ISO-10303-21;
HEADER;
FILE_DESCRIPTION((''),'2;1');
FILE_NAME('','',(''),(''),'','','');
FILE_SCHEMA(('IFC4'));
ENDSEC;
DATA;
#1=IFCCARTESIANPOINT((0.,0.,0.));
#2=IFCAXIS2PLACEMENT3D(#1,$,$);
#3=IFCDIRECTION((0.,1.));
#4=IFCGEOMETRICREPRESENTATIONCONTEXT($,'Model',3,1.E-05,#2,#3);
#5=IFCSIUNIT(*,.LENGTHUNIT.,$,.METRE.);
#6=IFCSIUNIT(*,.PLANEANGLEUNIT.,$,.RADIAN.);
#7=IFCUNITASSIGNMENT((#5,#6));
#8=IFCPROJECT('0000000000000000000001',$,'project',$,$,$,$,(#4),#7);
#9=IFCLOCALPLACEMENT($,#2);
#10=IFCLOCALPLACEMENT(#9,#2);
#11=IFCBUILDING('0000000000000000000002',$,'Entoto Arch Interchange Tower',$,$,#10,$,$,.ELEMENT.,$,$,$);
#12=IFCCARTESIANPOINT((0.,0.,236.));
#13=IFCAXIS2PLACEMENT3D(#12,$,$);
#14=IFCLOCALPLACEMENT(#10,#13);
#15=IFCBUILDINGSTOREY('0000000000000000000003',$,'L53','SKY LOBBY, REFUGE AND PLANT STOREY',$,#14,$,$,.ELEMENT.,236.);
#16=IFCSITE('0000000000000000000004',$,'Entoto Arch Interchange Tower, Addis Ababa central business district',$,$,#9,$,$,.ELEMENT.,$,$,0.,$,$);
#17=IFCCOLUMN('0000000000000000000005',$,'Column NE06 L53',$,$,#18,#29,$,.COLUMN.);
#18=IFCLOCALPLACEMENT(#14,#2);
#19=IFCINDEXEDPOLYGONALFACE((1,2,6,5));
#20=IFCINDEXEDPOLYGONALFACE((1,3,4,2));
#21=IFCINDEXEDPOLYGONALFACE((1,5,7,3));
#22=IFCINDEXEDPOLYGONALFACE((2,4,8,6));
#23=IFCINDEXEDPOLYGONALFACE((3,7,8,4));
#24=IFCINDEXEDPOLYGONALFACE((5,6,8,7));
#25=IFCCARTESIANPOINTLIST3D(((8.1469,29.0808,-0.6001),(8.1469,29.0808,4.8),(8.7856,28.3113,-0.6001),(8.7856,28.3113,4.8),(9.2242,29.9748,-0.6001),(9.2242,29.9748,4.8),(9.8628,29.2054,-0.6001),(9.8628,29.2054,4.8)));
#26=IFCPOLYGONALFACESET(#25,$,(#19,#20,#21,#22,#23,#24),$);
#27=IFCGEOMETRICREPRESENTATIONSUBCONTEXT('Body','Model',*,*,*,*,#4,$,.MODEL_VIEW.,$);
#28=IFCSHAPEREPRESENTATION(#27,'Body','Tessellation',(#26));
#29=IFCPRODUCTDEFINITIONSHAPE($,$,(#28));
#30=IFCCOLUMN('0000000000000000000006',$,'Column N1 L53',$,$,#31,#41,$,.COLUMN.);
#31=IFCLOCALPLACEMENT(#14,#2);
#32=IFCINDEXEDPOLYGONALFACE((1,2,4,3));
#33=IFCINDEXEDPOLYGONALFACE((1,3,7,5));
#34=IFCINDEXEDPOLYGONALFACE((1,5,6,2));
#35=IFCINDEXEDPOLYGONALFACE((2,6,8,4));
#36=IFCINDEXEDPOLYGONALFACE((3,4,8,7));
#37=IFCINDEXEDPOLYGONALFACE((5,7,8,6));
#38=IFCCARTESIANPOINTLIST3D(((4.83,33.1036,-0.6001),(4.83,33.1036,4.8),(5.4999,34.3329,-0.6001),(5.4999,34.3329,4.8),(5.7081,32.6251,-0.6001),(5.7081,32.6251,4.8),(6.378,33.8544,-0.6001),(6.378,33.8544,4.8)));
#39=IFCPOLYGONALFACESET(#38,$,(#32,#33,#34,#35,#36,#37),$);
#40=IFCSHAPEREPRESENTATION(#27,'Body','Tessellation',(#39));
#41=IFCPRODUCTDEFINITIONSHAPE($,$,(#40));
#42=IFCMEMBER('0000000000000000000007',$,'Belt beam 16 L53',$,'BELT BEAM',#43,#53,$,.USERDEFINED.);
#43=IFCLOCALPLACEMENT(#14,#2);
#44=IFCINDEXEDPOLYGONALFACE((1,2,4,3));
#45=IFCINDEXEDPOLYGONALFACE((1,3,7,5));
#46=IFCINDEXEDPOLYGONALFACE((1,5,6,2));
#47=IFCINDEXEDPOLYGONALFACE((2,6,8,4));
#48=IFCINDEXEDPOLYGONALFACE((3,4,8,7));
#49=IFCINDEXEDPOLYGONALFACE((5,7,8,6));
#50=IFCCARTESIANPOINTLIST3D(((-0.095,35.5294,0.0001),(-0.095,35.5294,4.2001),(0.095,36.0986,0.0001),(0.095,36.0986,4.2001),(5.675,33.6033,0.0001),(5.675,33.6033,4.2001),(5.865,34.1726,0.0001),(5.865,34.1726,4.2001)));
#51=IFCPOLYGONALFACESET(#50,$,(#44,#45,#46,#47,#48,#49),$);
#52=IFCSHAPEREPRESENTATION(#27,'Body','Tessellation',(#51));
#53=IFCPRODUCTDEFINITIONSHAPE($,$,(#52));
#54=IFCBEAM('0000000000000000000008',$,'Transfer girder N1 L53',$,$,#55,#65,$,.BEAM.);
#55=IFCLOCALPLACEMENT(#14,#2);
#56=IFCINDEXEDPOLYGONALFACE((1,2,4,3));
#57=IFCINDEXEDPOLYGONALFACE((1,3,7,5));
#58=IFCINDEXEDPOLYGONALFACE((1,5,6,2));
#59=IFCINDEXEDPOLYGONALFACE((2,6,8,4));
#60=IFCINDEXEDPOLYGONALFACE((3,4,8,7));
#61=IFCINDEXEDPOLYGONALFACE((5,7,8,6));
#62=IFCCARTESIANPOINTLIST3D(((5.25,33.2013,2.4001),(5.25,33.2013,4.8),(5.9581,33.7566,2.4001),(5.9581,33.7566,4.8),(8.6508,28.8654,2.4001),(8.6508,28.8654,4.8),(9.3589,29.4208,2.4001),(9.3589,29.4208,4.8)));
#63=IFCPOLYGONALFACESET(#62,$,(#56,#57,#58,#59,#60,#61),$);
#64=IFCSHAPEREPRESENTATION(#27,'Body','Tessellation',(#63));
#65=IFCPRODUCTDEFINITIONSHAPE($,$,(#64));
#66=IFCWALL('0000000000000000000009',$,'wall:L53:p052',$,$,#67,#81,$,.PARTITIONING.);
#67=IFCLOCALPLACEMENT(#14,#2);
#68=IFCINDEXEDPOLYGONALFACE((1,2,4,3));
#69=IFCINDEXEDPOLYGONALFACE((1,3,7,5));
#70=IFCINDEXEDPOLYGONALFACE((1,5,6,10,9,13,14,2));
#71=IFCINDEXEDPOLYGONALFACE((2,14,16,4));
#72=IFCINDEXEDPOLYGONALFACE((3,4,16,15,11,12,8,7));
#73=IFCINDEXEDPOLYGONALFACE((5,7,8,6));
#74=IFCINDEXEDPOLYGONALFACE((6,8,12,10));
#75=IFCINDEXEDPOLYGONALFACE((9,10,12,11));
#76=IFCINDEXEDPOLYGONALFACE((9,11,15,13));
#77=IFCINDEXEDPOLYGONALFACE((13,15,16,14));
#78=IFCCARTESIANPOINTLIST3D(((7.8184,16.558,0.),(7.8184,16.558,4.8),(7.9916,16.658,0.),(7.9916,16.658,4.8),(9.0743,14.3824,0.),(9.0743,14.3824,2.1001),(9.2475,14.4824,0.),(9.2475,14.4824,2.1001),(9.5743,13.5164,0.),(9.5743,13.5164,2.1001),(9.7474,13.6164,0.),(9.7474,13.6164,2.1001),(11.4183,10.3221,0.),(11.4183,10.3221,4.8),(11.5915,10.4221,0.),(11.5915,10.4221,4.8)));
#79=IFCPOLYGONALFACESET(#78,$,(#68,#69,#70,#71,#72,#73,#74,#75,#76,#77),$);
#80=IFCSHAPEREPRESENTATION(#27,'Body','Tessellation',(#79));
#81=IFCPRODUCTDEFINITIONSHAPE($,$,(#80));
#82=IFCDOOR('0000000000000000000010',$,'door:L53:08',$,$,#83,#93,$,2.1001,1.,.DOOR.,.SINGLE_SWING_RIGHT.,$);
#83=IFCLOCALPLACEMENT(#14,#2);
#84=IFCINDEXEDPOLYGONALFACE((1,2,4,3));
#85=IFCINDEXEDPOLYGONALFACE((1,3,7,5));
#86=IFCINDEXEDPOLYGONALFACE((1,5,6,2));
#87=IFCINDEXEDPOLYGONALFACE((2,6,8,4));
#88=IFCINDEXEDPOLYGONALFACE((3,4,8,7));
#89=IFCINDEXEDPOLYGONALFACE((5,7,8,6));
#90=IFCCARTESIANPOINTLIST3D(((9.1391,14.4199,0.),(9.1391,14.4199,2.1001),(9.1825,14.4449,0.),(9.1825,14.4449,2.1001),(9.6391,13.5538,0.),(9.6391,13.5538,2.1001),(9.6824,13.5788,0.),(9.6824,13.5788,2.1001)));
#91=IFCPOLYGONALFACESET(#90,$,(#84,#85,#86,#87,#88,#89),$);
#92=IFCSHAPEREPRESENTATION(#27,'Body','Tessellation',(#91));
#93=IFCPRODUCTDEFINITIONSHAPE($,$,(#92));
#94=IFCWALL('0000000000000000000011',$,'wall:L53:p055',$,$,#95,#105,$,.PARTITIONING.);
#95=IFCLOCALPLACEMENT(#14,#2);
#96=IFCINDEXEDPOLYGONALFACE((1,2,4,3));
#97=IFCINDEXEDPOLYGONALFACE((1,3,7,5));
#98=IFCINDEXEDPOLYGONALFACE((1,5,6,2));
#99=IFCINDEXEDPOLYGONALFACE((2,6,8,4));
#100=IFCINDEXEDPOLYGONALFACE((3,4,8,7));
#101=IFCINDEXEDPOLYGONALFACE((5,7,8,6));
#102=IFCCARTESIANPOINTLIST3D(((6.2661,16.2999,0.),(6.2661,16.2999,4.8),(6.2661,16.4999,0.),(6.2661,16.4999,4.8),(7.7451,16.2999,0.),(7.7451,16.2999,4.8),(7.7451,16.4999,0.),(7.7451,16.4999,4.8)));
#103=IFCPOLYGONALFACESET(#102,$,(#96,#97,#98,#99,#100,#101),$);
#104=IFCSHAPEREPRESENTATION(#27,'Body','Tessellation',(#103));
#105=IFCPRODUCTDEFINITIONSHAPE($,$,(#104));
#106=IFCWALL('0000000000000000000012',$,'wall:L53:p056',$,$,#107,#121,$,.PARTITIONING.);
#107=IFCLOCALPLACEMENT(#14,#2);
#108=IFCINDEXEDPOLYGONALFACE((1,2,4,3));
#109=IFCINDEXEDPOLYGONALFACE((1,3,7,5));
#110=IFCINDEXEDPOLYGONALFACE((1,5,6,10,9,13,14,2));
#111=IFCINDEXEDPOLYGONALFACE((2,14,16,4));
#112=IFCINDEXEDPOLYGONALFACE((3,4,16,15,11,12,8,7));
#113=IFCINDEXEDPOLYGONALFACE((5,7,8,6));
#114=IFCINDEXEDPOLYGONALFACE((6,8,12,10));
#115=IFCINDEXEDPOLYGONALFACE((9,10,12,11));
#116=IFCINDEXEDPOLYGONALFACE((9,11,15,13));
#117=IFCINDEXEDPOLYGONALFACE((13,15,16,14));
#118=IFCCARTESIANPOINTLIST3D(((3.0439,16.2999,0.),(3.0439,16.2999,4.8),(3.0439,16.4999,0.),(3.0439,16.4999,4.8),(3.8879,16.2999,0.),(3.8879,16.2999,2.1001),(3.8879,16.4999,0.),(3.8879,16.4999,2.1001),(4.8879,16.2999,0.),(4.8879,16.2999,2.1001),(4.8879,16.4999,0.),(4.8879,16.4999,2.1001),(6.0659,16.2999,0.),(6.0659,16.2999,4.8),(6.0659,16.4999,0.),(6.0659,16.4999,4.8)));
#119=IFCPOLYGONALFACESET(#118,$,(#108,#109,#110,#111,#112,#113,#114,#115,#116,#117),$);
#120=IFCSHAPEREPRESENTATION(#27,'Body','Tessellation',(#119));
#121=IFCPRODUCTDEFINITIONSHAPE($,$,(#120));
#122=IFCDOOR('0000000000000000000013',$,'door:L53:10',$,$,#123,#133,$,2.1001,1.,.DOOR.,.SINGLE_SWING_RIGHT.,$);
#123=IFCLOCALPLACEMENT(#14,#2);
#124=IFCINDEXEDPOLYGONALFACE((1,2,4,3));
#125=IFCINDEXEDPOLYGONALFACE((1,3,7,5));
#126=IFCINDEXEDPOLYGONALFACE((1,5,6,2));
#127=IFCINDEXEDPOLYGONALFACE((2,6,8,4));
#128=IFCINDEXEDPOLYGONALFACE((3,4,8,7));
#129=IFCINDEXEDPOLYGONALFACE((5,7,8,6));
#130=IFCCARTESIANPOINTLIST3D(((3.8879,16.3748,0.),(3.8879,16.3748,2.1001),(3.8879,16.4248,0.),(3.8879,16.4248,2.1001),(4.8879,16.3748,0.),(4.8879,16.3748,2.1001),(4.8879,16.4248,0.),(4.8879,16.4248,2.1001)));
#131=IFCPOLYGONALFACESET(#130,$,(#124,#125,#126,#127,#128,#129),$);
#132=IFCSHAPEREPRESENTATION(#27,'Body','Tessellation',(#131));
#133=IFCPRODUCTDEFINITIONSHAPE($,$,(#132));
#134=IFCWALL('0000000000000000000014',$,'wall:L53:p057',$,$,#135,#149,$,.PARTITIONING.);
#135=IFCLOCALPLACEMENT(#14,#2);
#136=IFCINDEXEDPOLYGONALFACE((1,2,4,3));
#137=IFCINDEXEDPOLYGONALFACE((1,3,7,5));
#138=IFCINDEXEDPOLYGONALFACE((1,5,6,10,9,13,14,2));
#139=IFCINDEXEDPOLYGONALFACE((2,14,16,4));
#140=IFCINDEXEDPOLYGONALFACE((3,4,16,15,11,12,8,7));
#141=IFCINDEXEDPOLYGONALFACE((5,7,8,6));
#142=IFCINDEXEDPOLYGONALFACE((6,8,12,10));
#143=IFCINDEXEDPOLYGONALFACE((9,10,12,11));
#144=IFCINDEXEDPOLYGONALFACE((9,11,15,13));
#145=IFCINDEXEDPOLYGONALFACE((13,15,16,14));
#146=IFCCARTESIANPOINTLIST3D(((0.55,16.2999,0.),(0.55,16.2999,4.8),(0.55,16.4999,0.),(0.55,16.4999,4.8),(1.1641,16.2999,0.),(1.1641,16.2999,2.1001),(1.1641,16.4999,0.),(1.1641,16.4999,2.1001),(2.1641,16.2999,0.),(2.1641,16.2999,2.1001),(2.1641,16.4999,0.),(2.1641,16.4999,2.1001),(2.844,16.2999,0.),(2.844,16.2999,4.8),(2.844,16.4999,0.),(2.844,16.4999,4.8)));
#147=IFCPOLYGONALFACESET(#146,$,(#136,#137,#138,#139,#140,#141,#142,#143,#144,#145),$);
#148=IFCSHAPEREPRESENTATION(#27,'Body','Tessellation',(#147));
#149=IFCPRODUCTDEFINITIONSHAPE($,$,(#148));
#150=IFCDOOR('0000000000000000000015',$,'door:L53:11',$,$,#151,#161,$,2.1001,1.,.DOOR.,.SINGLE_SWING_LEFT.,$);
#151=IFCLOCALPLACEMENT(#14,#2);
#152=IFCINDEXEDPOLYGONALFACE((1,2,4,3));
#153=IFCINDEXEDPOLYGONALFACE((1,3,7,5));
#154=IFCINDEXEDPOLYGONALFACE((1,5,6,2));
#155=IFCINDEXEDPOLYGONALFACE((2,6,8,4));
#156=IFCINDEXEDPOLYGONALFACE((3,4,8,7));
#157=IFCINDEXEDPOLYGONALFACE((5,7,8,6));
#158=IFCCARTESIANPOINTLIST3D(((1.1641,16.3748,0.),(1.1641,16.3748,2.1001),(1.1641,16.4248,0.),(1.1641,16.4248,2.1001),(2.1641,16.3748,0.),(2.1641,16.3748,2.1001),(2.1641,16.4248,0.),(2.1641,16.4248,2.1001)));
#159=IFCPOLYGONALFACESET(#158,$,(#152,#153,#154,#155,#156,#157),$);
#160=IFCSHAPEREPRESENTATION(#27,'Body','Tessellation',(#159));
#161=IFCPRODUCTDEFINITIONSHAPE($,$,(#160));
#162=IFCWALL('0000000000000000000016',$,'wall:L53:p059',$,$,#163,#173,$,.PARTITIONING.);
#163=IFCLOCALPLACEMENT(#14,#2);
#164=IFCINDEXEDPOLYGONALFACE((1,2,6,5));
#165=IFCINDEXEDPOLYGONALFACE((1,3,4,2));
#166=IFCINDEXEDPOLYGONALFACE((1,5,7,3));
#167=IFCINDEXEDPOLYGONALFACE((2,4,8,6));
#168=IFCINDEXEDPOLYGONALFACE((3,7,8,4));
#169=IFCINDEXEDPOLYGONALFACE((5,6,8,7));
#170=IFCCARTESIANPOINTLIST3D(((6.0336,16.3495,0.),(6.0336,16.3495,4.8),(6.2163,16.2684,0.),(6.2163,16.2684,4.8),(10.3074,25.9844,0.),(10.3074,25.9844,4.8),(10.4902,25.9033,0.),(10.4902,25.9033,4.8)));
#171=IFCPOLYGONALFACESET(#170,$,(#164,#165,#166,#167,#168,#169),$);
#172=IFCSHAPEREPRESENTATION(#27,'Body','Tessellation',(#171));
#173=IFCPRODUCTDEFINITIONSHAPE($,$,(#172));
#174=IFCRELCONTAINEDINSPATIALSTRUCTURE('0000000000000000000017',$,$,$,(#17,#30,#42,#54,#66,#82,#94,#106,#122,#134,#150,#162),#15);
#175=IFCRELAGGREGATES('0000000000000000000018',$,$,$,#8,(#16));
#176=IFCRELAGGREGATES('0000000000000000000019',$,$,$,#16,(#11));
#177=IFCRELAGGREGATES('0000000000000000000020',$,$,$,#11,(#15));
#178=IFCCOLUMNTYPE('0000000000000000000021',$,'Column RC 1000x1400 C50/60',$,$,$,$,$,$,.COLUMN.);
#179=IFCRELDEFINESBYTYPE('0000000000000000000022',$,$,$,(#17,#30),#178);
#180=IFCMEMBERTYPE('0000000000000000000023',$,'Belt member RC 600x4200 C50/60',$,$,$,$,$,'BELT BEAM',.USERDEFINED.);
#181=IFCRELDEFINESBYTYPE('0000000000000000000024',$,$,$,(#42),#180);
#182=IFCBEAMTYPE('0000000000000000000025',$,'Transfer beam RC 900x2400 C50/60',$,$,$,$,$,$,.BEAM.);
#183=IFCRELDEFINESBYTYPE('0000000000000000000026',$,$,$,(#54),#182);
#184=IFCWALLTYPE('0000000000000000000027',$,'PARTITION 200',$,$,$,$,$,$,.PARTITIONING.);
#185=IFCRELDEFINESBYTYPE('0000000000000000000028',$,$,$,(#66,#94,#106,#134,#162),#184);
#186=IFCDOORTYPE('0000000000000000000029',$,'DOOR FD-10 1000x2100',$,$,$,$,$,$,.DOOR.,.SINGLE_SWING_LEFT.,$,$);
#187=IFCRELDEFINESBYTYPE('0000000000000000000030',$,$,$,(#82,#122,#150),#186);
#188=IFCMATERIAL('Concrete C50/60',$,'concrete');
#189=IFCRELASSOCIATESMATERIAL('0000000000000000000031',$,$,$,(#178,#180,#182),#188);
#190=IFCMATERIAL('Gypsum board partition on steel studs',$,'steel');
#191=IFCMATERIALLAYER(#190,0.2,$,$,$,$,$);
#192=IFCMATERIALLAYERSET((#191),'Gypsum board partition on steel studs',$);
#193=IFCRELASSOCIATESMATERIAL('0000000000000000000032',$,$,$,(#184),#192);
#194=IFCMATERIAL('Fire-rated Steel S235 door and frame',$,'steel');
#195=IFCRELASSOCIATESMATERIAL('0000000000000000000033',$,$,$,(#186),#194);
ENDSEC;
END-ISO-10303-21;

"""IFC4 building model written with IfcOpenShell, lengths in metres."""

from ifc_helpers import new_model, si_unit, direction, frame, frame_2d, origin, origin_2d, place, context, subcontext, project, spatial, rectangle, extrude, material, layer, layer_set, material_profile, profile_set, type_object, element, fill, save


model = new_model("IFC4")

# Units and contexts
model_context = context("Model", 3, precision=1e-05, world=origin(), true_north=direction((0.0, 1.0)))
body_context = subcontext(model_context, "Body", "Model", "MODEL_VIEW")
ifc_project = project(units=[si_unit("LENGTHUNIT", "METRE"), si_unit("PLANEANGLEUNIT", "RADIAN")], contexts=[model_context])

# Site, building, storey
site_placement = place(None, origin())
site = spatial("IfcSite", under=ifc_project, at=site_placement, Name="Entoto Arch Interchange Tower, Addis Ababa central business district", CompositionType="ELEMENT", RefElevation=0.0)
building_placement = place(site_placement, origin())
building = spatial("IfcBuilding", under=site, at=building_placement, Name="Entoto Arch Interchange Tower", CompositionType="ELEMENT")
storey_placement = place(building_placement, frame((0.0, 0.0, 236.0)))
storey = spatial("IfcBuildingStorey", under=building, at=storey_placement, Name="L53", Description="SKY LOBBY, REFUGE AND PLANT STOREY", CompositionType="ELEMENT", Elevation=236.0)

# Columns
ifc_material_1 = material(Name="Concrete C50/60", Category="concrete")
ifc_material_profile_1 = material_profile(ifc_material_1, rectangle(XDim=1.0, YDim=1.3999, at=origin_2d()))
ifc_profile_set_1 = profile_set([ifc_material_profile_1], Name="Concrete C50/60")
column_type = type_object("IfcColumnType", Name="Column RC 1000x1400 C50/60", PredefinedType="COLUMN", material=ifc_profile_set_1)
for number, where, z_axis, x_axis, name in (
    (1, (9.0049, 29.1431, -0.6001), (0.0, 0.0, 1.0), (-0.63866, 0.769489, 0.0), "Column NE06 L53"),
    (2, (5.604, 33.479, -0.6001), (0.0, 0.0, 1.0), (-0.8781, 0.478477, 0.0), "Column N1 L53"),
):
    element("IfcColumn", number, at=place(storey_placement, frame(where, z_axis=z_axis, x_axis=x_axis)), inside=storey, type_object=column_type, Name=name, PredefinedType="COLUMN", context=body_context, shape_type="SweptSolid", body=[
        extrude(rectangle(XDim=1.0, YDim=1.3999, at=origin_2d()), origin(), (0.0, 0.0, 1.0), 5.4001),
    ])

# Member
ifc_material_profile_2 = material_profile(ifc_material_1, rectangle(XDim=0.6001, YDim=4.2, at=origin_2d()))
ifc_profile_set_2 = profile_set([ifc_material_profile_2], Name="Concrete C50/60")
member_type = type_object("IfcMemberType", Name="Belt member RC 600x4200 C50/60", ElementType="BELT BEAM", PredefinedType="USERDEFINED", material=ifc_profile_set_2)
member_placement = place(storey_placement, frame((5.77, 33.8879, 2.1001), z_axis=(-0.948551, 0.316625, 0.0), x_axis=(-0.316625, -0.948551, 0.0)))
element("IfcMember", 3, at=member_placement, inside=storey, type_object=member_type, Name="Belt beam 16 L53", ObjectType="BELT BEAM", PredefinedType="USERDEFINED", context=body_context, shape_type="SweptSolid", body=[
    extrude(rectangle(XDim=0.6001, YDim=4.2, at=origin_2d()), origin(), (0.0, 0.0, 1.0), 6.083),
])

# Beam
ifc_material_profile_3 = material_profile(ifc_material_1, rectangle(XDim=0.8999, YDim=2.3999, at=origin_2d()))
ifc_profile_set_3 = profile_set([ifc_material_profile_3], Name="Concrete C50/60")
beam_type = type_object("IfcBeamType", Name="Transfer beam RC 900x2400 C50/60", PredefinedType="BEAM", material=ifc_profile_set_3)
beam_placement = place(storey_placement, frame((9.0049, 29.1431, 3.6001), z_axis=(-0.617156, 0.786841, 0.0), x_axis=(-0.786841, -0.617156, 0.0)))
element("IfcBeam", 4, at=beam_placement, inside=storey, type_object=beam_type, Name="Transfer girder N1 L53", PredefinedType="BEAM", context=body_context, shape_type="SweptSolid", body=[
    extrude(rectangle(XDim=0.8999, YDim=2.3999, at=origin_2d()), origin(), (0.0, 0.0, 1.0), 5.5105),
])

# Wall, opening, door
ifc_material_2 = material(Name="Gypsum board partition on steel studs", Category="steel")
ifc_layer_1 = layer(ifc_material_2, 0.2)
ifc_layer_set_1 = layer_set([ifc_layer_1], Name="Gypsum board partition on steel studs")
wall_type_1 = type_object("IfcWallType", Name="PARTITION 200", PredefinedType="PARTITIONING", material=ifc_layer_set_1)
wall_1_placement = place(storey_placement, frame((7.905, 16.6079, 0.0), z_axis=(0.0, 0.0, 1.0), x_axis=(0.499957, -0.86605, 0.0)))
wall_1 = element("IfcWall", 5, at=wall_1_placement, inside=storey, type_object=wall_type_1, Name="wall:L53:p052", PredefinedType="PARTITIONING", context=body_context, shape_type="SweptSolid", body=[
    extrude(rectangle(XDim=7.2004, YDim=0.2, at=frame_2d((3.6001, 0.0))), origin(), (0.0, 0.0, 1.0), 4.8),
])
opening_1_placement = place(wall_1_placement, frame((2.512, 0.0, 0.0)))
opening_1 = element("IfcOpeningElement", 6, at=opening_1_placement, cuts=wall_1, PredefinedType="OPENING", context=body_context, shape_type="SweptSolid", body=[
    extrude(rectangle(XDim=1.0, YDim=2.1001, at=frame_2d((0.5, 1.05))), frame((0.0, 0.1099, 0.0), z_axis=(0.0, -1.0, 0.0), x_axis=(1.0, 0.0, 0.0)), (0.0, 0.0, 1.0), 0.22),
])
ifc_material_3 = material(Name="Fire-rated Steel S235 door and frame", Category="steel")
door_type = type_object("IfcDoorType", Name="DOOR FD-10 1000x2100", OperationType="SINGLE_SWING_LEFT", PredefinedType="DOOR", material=ifc_material_3)
door_1_placement = place(opening_1_placement, origin())
door_1 = element("IfcDoor", 7, at=door_1_placement, inside=storey, type_object=door_type, Name="door:L53:08", OperationType="SINGLE_SWING_RIGHT", OverallHeight=2.1001, OverallWidth=1.0, PredefinedType="DOOR", context=body_context, shape_type="SweptSolid", body=[
    extrude(rectangle(XDim=1.0, YDim=2.1001, at=frame_2d((0.5, 1.05))), frame((0.0, 0.0249, 0.0), z_axis=(0.0, -1.0, 0.0), x_axis=(1.0, 0.0, 0.0)), (0.0, 0.0, 1.0), 0.05),
])
fill(opening_1, door_1)

# Wall
wall_2_placement = place(storey_placement, frame((6.2661, 16.3999, 0.0), z_axis=(0.0, 0.0, 1.0), x_axis=(1.0, 0.0, 0.0)))
element("IfcWall", 8, at=wall_2_placement, inside=storey, type_object=wall_type_1, Name="wall:L53:p055", PredefinedType="PARTITIONING", context=body_context, shape_type="SweptSolid", body=[
    extrude(rectangle(XDim=1.479, YDim=0.2, at=frame_2d((0.7395, 0.0))), origin(), (0.0, 0.0, 1.0), 4.8),
])

# Walls, openings, doors
wall_3_placement = place(storey_placement, frame((3.0439, 16.3999, 0.0), z_axis=(0.0, 0.0, 1.0), x_axis=(1.0, 0.0, 0.0)))
wall_3 = element("IfcWall", 9, at=wall_3_placement, inside=storey, type_object=wall_type_1, Name="wall:L53:p056", PredefinedType="PARTITIONING", context=body_context, shape_type="SweptSolid", body=[
    extrude(rectangle(XDim=3.022, YDim=0.2, at=frame_2d((1.511, 0.0))), origin(), (0.0, 0.0, 1.0), 4.8),
])
opening_2_placement = place(wall_3_placement, frame((0.844, 0.0, 0.0)))
opening_2 = element("IfcOpeningElement", 10, at=opening_2_placement, cuts=wall_3, PredefinedType="OPENING", context=body_context, shape_type="SweptSolid", body=[
    extrude(rectangle(XDim=1.0, YDim=2.1001, at=frame_2d((0.5, 1.05))), frame((0.0, 0.1099, 0.0), z_axis=(0.0, -1.0, 0.0), x_axis=(1.0, 0.0, 0.0)), (0.0, 0.0, 1.0), 0.22),
])
door_2_placement = place(opening_2_placement, origin())
door_2 = element("IfcDoor", 11, at=door_2_placement, inside=storey, type_object=door_type, Name="door:L53:10", OperationType="SINGLE_SWING_RIGHT", OverallHeight=2.1001, OverallWidth=1.0, PredefinedType="DOOR", context=body_context, shape_type="SweptSolid", body=[
    extrude(rectangle(XDim=1.0, YDim=2.1001, at=frame_2d((0.5, 1.05))), frame((0.0, 0.0249, 0.0), z_axis=(0.0, -1.0, 0.0), x_axis=(1.0, 0.0, 0.0)), (0.0, 0.0, 1.0), 0.05),
])
fill(opening_2, door_2)
wall_4_placement = place(storey_placement, frame((0.55, 16.3999, 0.0), z_axis=(0.0, 0.0, 1.0), x_axis=(1.0, 0.0, 0.0)))
wall_4 = element("IfcWall", 12, at=wall_4_placement, inside=storey, type_object=wall_type_1, Name="wall:L53:p057", PredefinedType="PARTITIONING", context=body_context, shape_type="SweptSolid", body=[
    extrude(rectangle(XDim=2.2939, YDim=0.2, at=frame_2d((1.147, 0.0))), origin(), (0.0, 0.0, 1.0), 4.8),
])
opening_3_placement = place(wall_4_placement, frame((0.614, 0.0, 0.0)))
opening_3 = element("IfcOpeningElement", 13, at=opening_3_placement, cuts=wall_4, PredefinedType="OPENING", context=body_context, shape_type="SweptSolid", body=[
    extrude(rectangle(XDim=1.0, YDim=2.1001, at=frame_2d((0.5, 1.05))), frame((0.0, 0.1099, 0.0), z_axis=(0.0, -1.0, 0.0), x_axis=(1.0, 0.0, 0.0)), (0.0, 0.0, 1.0), 0.22),
])
door_3_placement = place(opening_3_placement, origin())
door_3 = element("IfcDoor", 14, at=door_3_placement, inside=storey, type_object=door_type, Name="door:L53:11", OperationType="SINGLE_SWING_LEFT", OverallHeight=2.1001, OverallWidth=1.0, PredefinedType="DOOR", context=body_context, shape_type="SweptSolid", body=[
    extrude(rectangle(XDim=1.0, YDim=2.1001, at=frame_2d((0.5, 1.05))), frame((0.0, 0.0249, 0.0), z_axis=(0.0, -1.0, 0.0), x_axis=(1.0, 0.0, 0.0)), (0.0, 0.0, 1.0), 0.05),
])
fill(opening_3, door_3)

# Wall
wall_5_placement = place(storey_placement, frame((6.125, 16.3091, 0.0), z_axis=(0.0, 0.0, 1.0), x_axis=(0.405481, 0.914104, 0.0)))
element("IfcWall", 15, at=wall_5_placement, inside=storey, type_object=wall_type_1, Name="wall:L53:p059", PredefinedType="PARTITIONING", context=body_context, shape_type="SweptSolid", body=[
    extrude(rectangle(XDim=10.5403, YDim=0.2, at=frame_2d((5.27, 0.0))), origin(), (0.0, 0.0, 1.0), 4.8),
])

save(model, "model.ifc")
